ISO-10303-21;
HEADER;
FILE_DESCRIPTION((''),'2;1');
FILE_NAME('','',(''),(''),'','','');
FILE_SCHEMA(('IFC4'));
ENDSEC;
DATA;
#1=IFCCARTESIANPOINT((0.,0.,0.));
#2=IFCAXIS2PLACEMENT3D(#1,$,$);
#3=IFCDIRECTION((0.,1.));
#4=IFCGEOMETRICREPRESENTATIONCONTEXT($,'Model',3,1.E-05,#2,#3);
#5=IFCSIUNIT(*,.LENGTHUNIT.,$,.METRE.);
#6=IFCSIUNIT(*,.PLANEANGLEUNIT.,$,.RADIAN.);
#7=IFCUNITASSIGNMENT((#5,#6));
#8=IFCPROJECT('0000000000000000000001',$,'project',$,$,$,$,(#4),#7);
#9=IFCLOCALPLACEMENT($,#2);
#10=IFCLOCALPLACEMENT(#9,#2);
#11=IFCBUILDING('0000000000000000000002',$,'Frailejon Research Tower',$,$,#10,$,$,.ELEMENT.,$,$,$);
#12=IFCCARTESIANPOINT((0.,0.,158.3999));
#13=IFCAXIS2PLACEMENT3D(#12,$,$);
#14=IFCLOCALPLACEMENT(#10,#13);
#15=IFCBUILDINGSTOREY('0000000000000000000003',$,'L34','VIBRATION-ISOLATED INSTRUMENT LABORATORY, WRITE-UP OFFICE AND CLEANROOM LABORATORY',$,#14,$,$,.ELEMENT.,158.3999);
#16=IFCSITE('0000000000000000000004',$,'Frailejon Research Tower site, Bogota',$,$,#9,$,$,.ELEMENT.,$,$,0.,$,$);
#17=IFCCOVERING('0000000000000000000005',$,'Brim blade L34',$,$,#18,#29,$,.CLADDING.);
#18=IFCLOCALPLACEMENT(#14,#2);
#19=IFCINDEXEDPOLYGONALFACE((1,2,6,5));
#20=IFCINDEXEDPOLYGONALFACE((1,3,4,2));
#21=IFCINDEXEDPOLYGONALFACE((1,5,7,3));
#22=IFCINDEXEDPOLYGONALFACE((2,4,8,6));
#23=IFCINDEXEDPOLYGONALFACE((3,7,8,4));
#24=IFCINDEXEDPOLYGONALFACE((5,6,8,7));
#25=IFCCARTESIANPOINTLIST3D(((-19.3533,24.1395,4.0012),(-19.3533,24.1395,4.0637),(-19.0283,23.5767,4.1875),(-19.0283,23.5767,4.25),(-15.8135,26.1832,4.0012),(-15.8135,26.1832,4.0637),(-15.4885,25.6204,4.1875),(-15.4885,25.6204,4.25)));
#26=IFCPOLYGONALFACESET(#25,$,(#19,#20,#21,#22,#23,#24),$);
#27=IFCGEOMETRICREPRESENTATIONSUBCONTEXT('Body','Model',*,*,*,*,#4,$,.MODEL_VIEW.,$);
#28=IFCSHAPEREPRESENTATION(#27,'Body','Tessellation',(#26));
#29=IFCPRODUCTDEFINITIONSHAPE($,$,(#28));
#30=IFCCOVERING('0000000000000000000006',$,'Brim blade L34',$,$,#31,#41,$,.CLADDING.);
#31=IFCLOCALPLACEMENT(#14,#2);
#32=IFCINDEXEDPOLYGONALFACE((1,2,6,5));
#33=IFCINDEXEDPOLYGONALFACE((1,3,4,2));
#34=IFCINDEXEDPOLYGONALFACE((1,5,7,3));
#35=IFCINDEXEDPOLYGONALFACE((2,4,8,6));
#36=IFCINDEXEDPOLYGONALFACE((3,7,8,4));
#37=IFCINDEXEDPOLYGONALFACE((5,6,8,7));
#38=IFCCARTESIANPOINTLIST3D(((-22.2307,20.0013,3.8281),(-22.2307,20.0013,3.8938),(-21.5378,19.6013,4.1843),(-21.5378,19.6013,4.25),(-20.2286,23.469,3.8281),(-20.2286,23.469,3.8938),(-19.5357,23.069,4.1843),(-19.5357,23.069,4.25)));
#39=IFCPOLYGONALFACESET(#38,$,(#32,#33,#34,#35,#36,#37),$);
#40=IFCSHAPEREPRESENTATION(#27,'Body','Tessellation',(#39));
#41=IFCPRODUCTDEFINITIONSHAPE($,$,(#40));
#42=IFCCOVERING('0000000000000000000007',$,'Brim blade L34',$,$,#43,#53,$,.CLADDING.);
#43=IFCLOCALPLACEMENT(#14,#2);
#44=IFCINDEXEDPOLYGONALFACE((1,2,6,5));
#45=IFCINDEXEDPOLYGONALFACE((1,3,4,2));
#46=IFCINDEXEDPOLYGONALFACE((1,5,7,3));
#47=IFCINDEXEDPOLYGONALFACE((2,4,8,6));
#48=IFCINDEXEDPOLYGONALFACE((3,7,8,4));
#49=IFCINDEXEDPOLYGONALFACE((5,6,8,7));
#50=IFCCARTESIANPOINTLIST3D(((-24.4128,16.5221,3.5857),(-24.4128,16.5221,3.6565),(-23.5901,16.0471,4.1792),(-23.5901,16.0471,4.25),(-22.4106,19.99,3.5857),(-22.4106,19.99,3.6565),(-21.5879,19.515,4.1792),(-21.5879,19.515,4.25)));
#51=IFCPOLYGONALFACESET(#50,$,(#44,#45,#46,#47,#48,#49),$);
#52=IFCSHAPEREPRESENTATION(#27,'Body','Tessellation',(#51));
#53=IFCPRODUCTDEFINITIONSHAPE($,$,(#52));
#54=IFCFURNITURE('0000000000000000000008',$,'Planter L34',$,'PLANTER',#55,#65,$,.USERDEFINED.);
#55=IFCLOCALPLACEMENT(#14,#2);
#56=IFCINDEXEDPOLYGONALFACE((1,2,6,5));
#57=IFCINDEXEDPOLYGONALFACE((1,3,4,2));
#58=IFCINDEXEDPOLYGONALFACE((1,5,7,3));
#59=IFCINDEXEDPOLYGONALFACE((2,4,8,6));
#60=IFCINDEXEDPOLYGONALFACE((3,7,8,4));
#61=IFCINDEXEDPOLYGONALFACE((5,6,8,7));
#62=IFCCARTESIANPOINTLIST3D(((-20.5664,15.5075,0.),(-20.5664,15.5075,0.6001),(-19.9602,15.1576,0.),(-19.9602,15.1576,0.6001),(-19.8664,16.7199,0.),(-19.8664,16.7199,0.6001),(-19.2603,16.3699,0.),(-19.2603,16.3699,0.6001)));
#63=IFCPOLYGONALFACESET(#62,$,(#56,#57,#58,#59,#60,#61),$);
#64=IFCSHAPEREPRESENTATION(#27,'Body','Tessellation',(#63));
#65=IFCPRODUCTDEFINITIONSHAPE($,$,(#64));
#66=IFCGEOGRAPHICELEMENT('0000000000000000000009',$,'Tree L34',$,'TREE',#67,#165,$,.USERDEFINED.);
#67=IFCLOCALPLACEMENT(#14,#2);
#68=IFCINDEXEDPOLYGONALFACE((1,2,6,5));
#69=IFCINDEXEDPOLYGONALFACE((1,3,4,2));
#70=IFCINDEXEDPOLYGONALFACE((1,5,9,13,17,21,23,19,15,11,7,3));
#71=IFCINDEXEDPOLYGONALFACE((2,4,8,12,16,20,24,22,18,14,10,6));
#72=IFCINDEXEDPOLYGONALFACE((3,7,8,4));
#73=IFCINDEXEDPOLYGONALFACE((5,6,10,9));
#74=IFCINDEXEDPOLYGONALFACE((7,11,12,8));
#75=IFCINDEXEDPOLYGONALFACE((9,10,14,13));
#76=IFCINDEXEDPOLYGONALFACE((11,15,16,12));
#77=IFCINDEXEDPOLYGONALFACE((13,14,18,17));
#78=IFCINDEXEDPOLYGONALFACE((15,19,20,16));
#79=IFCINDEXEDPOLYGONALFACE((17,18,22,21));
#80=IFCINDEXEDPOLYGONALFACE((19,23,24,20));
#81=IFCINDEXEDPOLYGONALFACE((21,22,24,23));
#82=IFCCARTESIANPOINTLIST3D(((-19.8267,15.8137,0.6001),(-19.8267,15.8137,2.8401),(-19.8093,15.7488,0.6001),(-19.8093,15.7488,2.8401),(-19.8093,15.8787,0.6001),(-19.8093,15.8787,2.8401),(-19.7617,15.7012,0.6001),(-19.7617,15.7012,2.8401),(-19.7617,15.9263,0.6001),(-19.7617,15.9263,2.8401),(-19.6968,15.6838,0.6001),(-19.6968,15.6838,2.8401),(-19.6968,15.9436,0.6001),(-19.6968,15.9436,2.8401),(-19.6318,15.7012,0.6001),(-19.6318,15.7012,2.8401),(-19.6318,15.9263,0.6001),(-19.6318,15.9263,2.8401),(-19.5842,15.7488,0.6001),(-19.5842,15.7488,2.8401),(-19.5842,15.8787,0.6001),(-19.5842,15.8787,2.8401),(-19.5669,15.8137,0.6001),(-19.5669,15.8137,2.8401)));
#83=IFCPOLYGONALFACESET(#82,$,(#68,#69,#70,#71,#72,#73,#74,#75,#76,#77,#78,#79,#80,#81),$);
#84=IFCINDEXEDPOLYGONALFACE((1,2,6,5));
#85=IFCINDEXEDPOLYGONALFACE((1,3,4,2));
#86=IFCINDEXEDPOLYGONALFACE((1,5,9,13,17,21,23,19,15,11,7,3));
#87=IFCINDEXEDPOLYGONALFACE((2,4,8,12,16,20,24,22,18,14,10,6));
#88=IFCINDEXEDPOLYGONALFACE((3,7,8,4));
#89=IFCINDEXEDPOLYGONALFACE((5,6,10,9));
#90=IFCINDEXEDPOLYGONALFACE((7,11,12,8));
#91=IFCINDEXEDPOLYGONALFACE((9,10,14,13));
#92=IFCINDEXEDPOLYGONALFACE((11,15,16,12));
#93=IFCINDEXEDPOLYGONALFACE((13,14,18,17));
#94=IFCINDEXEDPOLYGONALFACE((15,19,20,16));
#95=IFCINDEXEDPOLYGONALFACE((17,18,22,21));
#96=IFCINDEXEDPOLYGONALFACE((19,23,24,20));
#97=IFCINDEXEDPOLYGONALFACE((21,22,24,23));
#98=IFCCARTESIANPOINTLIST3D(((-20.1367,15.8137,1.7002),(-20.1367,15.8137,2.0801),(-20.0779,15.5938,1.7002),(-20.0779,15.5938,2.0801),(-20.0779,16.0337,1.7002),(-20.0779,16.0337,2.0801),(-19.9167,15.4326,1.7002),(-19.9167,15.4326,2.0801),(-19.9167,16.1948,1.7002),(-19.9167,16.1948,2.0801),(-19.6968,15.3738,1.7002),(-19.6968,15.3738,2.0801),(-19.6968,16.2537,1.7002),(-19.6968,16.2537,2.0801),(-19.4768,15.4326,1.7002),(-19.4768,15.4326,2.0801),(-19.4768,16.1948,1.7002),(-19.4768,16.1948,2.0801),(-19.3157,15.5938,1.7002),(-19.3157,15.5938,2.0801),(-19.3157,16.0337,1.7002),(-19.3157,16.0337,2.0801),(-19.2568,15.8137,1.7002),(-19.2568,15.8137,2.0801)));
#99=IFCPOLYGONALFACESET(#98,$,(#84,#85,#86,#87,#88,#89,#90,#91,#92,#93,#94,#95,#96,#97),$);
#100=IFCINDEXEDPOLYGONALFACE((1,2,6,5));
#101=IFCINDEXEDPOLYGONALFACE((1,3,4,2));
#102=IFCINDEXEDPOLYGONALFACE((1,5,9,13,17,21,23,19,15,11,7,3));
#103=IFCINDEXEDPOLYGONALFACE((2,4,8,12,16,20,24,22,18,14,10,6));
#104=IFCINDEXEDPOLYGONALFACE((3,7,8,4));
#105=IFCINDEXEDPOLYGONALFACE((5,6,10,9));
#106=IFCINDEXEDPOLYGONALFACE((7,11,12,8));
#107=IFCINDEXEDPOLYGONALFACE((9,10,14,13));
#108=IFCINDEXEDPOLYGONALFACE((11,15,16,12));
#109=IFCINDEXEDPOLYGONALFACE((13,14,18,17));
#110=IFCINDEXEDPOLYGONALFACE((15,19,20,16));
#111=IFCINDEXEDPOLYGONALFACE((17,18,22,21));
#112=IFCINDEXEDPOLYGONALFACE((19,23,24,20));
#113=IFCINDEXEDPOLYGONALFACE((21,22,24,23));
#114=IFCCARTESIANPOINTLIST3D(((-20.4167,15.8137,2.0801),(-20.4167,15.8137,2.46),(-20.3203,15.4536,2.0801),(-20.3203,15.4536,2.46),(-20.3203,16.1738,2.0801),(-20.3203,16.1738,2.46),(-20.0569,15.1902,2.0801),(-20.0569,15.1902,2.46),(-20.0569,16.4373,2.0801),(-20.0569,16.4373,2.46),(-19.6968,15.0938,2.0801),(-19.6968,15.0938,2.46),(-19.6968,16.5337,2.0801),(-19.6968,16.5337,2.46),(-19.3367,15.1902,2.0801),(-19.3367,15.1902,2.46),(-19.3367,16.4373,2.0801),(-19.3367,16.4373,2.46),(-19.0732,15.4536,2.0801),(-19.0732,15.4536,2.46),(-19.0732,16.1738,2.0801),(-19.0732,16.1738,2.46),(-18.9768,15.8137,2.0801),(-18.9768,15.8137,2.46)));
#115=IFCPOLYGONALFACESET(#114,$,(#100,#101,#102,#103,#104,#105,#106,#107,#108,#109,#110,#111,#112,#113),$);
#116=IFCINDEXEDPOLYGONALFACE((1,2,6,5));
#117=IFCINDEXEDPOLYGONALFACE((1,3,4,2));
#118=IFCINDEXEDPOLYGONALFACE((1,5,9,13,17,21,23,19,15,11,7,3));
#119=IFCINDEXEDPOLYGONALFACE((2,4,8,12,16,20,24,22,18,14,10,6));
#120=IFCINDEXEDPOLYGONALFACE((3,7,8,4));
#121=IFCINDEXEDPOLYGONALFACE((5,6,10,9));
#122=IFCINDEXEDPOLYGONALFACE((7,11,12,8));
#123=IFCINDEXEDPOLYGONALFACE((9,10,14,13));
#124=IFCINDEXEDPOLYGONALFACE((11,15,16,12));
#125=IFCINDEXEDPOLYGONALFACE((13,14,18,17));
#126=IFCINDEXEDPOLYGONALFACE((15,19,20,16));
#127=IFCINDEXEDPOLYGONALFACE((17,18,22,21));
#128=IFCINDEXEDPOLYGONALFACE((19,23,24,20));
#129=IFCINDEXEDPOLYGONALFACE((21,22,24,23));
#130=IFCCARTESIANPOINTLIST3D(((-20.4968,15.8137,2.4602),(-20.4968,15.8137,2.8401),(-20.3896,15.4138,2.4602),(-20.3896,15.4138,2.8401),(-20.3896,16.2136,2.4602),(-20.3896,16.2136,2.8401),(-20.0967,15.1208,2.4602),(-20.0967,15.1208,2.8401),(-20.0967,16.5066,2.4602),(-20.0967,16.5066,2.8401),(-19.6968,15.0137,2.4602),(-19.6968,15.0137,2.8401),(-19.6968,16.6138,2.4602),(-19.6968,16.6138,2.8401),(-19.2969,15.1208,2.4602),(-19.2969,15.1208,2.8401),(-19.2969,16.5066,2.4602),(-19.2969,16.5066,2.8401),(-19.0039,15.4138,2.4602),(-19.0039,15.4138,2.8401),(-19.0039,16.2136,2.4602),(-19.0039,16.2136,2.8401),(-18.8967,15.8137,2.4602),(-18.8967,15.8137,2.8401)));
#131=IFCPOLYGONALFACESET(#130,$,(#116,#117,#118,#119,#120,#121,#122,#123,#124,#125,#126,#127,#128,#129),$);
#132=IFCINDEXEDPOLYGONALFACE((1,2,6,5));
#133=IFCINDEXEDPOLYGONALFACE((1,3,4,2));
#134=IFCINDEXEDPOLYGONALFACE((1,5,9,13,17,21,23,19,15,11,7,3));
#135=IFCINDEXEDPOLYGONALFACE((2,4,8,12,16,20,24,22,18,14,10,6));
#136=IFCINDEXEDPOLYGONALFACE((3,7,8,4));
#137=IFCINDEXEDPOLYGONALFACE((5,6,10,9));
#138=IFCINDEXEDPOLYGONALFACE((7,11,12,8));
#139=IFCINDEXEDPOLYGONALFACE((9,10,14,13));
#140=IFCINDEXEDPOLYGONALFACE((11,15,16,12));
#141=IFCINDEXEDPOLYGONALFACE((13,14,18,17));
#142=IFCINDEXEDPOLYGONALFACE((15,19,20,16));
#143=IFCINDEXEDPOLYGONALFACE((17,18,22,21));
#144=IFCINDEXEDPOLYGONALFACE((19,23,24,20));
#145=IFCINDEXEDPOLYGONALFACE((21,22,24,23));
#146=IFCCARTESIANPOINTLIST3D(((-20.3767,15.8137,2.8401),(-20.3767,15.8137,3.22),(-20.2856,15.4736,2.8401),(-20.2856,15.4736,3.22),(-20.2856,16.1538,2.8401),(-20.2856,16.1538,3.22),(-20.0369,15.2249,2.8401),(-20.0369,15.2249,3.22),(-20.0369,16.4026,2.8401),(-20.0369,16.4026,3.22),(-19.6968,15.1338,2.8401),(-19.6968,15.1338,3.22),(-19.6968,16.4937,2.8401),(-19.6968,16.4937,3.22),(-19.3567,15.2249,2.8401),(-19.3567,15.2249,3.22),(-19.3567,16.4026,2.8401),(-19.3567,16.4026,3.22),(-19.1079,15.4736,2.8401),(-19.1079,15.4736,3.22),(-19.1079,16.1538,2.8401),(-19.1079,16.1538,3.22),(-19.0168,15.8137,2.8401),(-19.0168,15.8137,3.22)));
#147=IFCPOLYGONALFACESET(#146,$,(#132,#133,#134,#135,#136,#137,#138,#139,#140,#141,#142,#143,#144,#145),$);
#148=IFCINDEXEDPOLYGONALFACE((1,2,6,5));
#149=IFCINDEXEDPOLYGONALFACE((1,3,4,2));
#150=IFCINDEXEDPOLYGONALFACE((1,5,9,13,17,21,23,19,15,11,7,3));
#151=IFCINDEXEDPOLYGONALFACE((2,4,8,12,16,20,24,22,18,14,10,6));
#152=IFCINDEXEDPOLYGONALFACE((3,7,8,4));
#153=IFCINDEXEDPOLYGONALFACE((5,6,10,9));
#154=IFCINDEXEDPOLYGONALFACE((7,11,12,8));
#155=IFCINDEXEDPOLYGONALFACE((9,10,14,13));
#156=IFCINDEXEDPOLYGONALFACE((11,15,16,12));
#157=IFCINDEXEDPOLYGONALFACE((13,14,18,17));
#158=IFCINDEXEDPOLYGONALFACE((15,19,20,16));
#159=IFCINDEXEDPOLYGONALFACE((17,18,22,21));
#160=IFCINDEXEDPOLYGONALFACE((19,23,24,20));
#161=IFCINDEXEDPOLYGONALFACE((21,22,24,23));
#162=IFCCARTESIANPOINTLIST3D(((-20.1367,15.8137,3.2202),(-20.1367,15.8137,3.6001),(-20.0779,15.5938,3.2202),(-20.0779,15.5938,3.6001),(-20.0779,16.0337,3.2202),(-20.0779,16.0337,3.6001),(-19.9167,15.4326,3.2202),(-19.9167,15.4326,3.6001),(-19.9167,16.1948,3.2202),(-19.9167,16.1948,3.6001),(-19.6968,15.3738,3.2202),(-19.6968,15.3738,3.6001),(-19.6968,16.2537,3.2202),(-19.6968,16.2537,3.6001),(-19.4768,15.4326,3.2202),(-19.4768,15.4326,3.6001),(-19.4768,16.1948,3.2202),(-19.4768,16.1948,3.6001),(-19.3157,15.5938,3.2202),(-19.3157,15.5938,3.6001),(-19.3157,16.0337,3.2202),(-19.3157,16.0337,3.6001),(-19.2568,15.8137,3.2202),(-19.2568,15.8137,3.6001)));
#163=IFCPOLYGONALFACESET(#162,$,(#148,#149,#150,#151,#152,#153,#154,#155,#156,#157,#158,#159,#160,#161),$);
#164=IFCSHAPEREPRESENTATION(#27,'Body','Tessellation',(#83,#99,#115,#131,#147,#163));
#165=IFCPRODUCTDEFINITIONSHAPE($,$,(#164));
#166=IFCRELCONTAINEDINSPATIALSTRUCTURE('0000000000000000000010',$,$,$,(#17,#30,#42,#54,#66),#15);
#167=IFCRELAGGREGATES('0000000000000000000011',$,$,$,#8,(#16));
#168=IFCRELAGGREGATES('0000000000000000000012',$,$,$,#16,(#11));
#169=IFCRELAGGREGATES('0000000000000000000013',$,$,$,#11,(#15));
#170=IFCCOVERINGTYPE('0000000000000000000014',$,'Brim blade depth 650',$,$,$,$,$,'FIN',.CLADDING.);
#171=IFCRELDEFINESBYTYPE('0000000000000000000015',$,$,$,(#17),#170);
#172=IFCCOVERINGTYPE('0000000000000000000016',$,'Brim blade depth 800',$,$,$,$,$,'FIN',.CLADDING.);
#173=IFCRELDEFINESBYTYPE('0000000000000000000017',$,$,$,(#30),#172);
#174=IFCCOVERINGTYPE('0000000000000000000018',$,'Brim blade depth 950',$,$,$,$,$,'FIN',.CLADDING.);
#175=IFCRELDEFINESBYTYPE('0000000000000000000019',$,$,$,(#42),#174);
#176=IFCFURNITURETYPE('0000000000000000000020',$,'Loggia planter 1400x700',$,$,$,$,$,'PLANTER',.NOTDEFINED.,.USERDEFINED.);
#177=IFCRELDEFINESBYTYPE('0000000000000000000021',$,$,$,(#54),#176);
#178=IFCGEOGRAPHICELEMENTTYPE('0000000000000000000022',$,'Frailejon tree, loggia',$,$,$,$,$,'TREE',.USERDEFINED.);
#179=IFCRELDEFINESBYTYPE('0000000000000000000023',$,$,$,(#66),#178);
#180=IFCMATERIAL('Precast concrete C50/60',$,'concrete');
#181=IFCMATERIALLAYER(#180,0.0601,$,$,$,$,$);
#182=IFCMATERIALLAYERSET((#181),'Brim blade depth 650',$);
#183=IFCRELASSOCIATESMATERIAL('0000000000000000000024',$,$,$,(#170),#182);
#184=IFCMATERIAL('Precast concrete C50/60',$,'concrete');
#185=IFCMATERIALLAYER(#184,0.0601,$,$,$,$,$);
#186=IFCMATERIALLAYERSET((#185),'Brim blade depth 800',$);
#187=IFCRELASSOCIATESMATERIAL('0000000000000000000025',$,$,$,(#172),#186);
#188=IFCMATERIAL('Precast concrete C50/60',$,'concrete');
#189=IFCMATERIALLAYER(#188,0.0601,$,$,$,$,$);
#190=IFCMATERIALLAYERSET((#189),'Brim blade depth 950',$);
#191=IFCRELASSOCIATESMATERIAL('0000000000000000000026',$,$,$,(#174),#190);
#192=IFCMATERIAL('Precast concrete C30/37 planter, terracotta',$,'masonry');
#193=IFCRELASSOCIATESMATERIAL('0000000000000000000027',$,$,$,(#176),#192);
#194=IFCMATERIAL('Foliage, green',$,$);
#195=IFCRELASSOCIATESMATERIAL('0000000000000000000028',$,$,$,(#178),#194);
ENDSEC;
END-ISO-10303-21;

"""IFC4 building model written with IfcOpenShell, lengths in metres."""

from ifc_helpers import new_model, si_unit, direction, frame, origin, origin_2d, place, context, subcontext, project, spatial, polyline, rectangle, outline, extrude, material, layer, layer_set, type_object, element, save


model = new_model("IFC4")

# Units and contexts
model_context = context("Model", 3, precision=1e-05, world=origin(), true_north=direction((0.0, 1.0)))
body_context = subcontext(model_context, "Body", "Model", "MODEL_VIEW")
ifc_project = project(units=[si_unit("LENGTHUNIT", "METRE"), si_unit("PLANEANGLEUNIT", "RADIAN")], contexts=[model_context])

# Site, building, storey
site_placement = place(None, origin())
site = spatial("IfcSite", under=ifc_project, at=site_placement, Name="Frailejon Research Tower site, Bogota", CompositionType="ELEMENT", RefElevation=0.0)
building_placement = place(site_placement, origin())
building = spatial("IfcBuilding", under=site, at=building_placement, Name="Frailejon Research Tower", CompositionType="ELEMENT")
storey_placement = place(building_placement, frame((0.0, 0.0, 158.3999)))
storey = spatial("IfcBuildingStorey", under=building, at=storey_placement, Name="L34", Description="VIBRATION-ISOLATED INSTRUMENT LABORATORY, WRITE-UP OFFICE AND CLEANROOM LABORATORY", CompositionType="ELEMENT", Elevation=158.3999)

# Coverings
ifc_material_1 = material(Name="Precast concrete C50/60", Category="concrete")
ifc_layer_1 = layer(ifc_material_1, 0.0601)
ifc_layer_set_1 = layer_set([ifc_layer_1], Name="Brim blade depth 650")
covering_type_1 = type_object("IfcCoveringType", Name="Brim blade depth 650", ElementType="FIN", PredefinedType="CLADDING", material=ifc_layer_set_1)
covering_1_placement = place(storey_placement, frame((-19.0283, 23.5767, 4.25), z_axis=(0.866021, 0.500007, 0.0), x_axis=(-0.500007, 0.866021, 0.0)))
element("IfcCovering", 1, at=covering_1_placement, inside=storey, type_object=covering_type_1, Name="Brim blade L34", PredefinedType="CLADDING", context=body_context, shape_type="SweptSolid", body=[
    extrude(outline(polyline([(0.0, -0.0625), (0.6499, -0.2488), (0.6499, -0.1863), (0.0, 0.0), (0.0, -0.0625)])), origin(), (0.0, 0.0, 1.0), 4.0874),
])
ifc_material_2 = material(Name="Precast concrete C50/60", Category="concrete")
ifc_layer_2 = layer(ifc_material_2, 0.0601)
ifc_layer_set_2 = layer_set([ifc_layer_2], Name="Brim blade depth 800")
covering_type_2 = type_object("IfcCoveringType", Name="Brim blade depth 800", ElementType="FIN", PredefinedType="CLADDING", material=ifc_layer_set_2)
covering_2_placement = place(storey_placement, frame((-21.5378, 19.6013, 4.25), z_axis=(0.500004, 0.866023, 0.0), x_axis=(-0.866023, 0.500004, 0.0)))
element("IfcCovering", 2, at=covering_2_placement, inside=storey, type_object=covering_type_2, Name="Brim blade L34", PredefinedType="CLADDING", context=body_context, shape_type="SweptSolid", body=[
    extrude(outline(polyline([(0.0, -0.0657), (0.8, -0.4219), (0.8, -0.3562), (0.0, 0.0), (0.0, -0.0657)])), origin(), (0.0, 0.0, 1.0), 4.0042),
])
ifc_material_3 = material(Name="Precast concrete C50/60", Category="concrete")
ifc_layer_3 = layer(ifc_material_3, 0.0601)
ifc_layer_set_3 = layer_set([ifc_layer_3], Name="Brim blade depth 950")
covering_type_3 = type_object("IfcCoveringType", Name="Brim blade depth 950", ElementType="FIN", PredefinedType="CLADDING", material=ifc_layer_set_3)
covering_3_placement = place(storey_placement, frame((-23.5901, 16.0471, 4.25), z_axis=(0.499994, 0.866029, 0.0), x_axis=(-0.866029, 0.499994, 0.0)))
element("IfcCovering", 3, at=covering_3_placement, inside=storey, type_object=covering_type_3, Name="Brim blade L34", PredefinedType="CLADDING", context=body_context, shape_type="SweptSolid", body=[
    extrude(outline(polyline([(0.0, -0.0708), (0.95, -0.6643), (0.95, -0.5935), (0.0, 0.0), (0.0, -0.0708)])), origin(), (0.0, 0.0, 1.0), 4.0044),
])

# Furniture
ifc_material_4 = material(Name="Precast concrete C30/37 planter, terracotta", Category="masonry")
furniture_type = type_object("IfcFurnitureType", Name="Loggia planter 1400x700", ElementType="PLANTER", AssemblyPlace="NOTDEFINED", PredefinedType="USERDEFINED", material=ifc_material_4)
furniture_placement = place(storey_placement, frame((-19.9133, 15.9387, 0.0), z_axis=(0.0, 0.0, 1.0), x_axis=(-0.5, -0.866025, 0.0)))
element("IfcFurniture", 4, at=furniture_placement, inside=storey, type_object=furniture_type, Name="Planter L34", ObjectType="PLANTER", PredefinedType="USERDEFINED", context=body_context, shape_type="SweptSolid", body=[
    extrude(rectangle(XDim=1.3999, YDim=0.7, at=origin_2d()), origin(), (0.0, 0.0, 1.0), 0.6001),
])

# Geographic element
ifc_material_5 = material(Name="Foliage, green")
geographic_element_type = type_object("IfcGeographicElementType", Name="Frailejon tree, loggia", ElementType="TREE", PredefinedType="USERDEFINED", material=ifc_material_5)
geographic_element_placement = place(storey_placement, frame((-19.6968, 15.8137, 0.6001)))
element("IfcGeographicElement", 5, at=geographic_element_placement, inside=storey, type_object=geographic_element_type, Name="Tree L34", ObjectType="TREE", PredefinedType="USERDEFINED", context=body_context, shape_type="SweptSolid", body=[
    extrude(outline(polyline([(0.1299, 0.0), (0.1125, 0.0649), (0.0649, 0.1125), (0.0, 0.1299), (-0.0649, 0.1125), (-0.1125, 0.0649), (-0.1299, 0.0), (-0.1125, -0.0649), (-0.0649, -0.1125), (0.0, -0.1299), (0.0649, -0.1125), (0.1125, -0.0649), (0.1299, 0.0)])), origin(), (0.0, 0.0, 1.0), 2.24),
    extrude(outline(polyline([(0.4399, 0.0), (0.3811, 0.22), (0.22, 0.3811), (0.0, 0.4399), (-0.22, 0.3811), (-0.3811, 0.22), (-0.4399, 0.0), (-0.3811, -0.22), (-0.22, -0.3811), (0.0, -0.4399), (0.22, -0.3811), (0.3811, -0.22), (0.4399, 0.0)])), frame((0.0, 0.0, 1.1001)), (0.0, 0.0, 1.0), 0.3799),
    extrude(outline(polyline([(0.72, 0.0), (0.6235, 0.3601), (0.3601, 0.6235), (0.0, 0.72), (-0.3601, 0.6235), (-0.6235, 0.3601), (-0.72, 0.0), (-0.6235, -0.3601), (-0.3601, -0.6235), (0.0, -0.72), (0.3601, -0.6235), (0.6235, -0.3601), (0.72, 0.0)])), frame((0.0, 0.0, 1.48)), (0.0, 0.0, 1.0), 0.3799),
    extrude(outline(polyline([(0.8, 0.0), (0.6929, 0.3999), (0.3999, 0.6929), (0.0, 0.8), (-0.3999, 0.6929), (-0.6929, 0.3999), (-0.8, 0.0), (-0.6929, -0.3999), (-0.3999, -0.6929), (0.0, -0.8), (0.3999, -0.6929), (0.6929, -0.3999), (0.8, 0.0)])), frame((0.0, 0.0, 1.8601)), (0.0, 0.0, 1.0), 0.3799),
    extrude(outline(polyline([(0.6799, 0.0), (0.5889, 0.3401), (0.3401, 0.5889), (0.0, 0.6799), (-0.3401, 0.5889), (-0.5889, 0.3401), (-0.6799, 0.0), (-0.5889, -0.3401), (-0.3401, -0.5889), (0.0, -0.6799), (0.3401, -0.5889), (0.5889, -0.3401), (0.6799, 0.0)])), frame((0.0, 0.0, 2.24)), (0.0, 0.0, 1.0), 0.3799),
    extrude(outline(polyline([(0.4399, 0.0), (0.3811, 0.22), (0.22, 0.3811), (0.0, 0.4399), (-0.22, 0.3811), (-0.3811, 0.22), (-0.4399, 0.0), (-0.3811, -0.22), (-0.22, -0.3811), (0.0, -0.4399), (0.22, -0.3811), (0.3811, -0.22), (0.4399, 0.0)])), frame((0.0, 0.0, 2.6201)), (0.0, 0.0, 1.0), 0.3799),
])

save(model, "model.ifc")
